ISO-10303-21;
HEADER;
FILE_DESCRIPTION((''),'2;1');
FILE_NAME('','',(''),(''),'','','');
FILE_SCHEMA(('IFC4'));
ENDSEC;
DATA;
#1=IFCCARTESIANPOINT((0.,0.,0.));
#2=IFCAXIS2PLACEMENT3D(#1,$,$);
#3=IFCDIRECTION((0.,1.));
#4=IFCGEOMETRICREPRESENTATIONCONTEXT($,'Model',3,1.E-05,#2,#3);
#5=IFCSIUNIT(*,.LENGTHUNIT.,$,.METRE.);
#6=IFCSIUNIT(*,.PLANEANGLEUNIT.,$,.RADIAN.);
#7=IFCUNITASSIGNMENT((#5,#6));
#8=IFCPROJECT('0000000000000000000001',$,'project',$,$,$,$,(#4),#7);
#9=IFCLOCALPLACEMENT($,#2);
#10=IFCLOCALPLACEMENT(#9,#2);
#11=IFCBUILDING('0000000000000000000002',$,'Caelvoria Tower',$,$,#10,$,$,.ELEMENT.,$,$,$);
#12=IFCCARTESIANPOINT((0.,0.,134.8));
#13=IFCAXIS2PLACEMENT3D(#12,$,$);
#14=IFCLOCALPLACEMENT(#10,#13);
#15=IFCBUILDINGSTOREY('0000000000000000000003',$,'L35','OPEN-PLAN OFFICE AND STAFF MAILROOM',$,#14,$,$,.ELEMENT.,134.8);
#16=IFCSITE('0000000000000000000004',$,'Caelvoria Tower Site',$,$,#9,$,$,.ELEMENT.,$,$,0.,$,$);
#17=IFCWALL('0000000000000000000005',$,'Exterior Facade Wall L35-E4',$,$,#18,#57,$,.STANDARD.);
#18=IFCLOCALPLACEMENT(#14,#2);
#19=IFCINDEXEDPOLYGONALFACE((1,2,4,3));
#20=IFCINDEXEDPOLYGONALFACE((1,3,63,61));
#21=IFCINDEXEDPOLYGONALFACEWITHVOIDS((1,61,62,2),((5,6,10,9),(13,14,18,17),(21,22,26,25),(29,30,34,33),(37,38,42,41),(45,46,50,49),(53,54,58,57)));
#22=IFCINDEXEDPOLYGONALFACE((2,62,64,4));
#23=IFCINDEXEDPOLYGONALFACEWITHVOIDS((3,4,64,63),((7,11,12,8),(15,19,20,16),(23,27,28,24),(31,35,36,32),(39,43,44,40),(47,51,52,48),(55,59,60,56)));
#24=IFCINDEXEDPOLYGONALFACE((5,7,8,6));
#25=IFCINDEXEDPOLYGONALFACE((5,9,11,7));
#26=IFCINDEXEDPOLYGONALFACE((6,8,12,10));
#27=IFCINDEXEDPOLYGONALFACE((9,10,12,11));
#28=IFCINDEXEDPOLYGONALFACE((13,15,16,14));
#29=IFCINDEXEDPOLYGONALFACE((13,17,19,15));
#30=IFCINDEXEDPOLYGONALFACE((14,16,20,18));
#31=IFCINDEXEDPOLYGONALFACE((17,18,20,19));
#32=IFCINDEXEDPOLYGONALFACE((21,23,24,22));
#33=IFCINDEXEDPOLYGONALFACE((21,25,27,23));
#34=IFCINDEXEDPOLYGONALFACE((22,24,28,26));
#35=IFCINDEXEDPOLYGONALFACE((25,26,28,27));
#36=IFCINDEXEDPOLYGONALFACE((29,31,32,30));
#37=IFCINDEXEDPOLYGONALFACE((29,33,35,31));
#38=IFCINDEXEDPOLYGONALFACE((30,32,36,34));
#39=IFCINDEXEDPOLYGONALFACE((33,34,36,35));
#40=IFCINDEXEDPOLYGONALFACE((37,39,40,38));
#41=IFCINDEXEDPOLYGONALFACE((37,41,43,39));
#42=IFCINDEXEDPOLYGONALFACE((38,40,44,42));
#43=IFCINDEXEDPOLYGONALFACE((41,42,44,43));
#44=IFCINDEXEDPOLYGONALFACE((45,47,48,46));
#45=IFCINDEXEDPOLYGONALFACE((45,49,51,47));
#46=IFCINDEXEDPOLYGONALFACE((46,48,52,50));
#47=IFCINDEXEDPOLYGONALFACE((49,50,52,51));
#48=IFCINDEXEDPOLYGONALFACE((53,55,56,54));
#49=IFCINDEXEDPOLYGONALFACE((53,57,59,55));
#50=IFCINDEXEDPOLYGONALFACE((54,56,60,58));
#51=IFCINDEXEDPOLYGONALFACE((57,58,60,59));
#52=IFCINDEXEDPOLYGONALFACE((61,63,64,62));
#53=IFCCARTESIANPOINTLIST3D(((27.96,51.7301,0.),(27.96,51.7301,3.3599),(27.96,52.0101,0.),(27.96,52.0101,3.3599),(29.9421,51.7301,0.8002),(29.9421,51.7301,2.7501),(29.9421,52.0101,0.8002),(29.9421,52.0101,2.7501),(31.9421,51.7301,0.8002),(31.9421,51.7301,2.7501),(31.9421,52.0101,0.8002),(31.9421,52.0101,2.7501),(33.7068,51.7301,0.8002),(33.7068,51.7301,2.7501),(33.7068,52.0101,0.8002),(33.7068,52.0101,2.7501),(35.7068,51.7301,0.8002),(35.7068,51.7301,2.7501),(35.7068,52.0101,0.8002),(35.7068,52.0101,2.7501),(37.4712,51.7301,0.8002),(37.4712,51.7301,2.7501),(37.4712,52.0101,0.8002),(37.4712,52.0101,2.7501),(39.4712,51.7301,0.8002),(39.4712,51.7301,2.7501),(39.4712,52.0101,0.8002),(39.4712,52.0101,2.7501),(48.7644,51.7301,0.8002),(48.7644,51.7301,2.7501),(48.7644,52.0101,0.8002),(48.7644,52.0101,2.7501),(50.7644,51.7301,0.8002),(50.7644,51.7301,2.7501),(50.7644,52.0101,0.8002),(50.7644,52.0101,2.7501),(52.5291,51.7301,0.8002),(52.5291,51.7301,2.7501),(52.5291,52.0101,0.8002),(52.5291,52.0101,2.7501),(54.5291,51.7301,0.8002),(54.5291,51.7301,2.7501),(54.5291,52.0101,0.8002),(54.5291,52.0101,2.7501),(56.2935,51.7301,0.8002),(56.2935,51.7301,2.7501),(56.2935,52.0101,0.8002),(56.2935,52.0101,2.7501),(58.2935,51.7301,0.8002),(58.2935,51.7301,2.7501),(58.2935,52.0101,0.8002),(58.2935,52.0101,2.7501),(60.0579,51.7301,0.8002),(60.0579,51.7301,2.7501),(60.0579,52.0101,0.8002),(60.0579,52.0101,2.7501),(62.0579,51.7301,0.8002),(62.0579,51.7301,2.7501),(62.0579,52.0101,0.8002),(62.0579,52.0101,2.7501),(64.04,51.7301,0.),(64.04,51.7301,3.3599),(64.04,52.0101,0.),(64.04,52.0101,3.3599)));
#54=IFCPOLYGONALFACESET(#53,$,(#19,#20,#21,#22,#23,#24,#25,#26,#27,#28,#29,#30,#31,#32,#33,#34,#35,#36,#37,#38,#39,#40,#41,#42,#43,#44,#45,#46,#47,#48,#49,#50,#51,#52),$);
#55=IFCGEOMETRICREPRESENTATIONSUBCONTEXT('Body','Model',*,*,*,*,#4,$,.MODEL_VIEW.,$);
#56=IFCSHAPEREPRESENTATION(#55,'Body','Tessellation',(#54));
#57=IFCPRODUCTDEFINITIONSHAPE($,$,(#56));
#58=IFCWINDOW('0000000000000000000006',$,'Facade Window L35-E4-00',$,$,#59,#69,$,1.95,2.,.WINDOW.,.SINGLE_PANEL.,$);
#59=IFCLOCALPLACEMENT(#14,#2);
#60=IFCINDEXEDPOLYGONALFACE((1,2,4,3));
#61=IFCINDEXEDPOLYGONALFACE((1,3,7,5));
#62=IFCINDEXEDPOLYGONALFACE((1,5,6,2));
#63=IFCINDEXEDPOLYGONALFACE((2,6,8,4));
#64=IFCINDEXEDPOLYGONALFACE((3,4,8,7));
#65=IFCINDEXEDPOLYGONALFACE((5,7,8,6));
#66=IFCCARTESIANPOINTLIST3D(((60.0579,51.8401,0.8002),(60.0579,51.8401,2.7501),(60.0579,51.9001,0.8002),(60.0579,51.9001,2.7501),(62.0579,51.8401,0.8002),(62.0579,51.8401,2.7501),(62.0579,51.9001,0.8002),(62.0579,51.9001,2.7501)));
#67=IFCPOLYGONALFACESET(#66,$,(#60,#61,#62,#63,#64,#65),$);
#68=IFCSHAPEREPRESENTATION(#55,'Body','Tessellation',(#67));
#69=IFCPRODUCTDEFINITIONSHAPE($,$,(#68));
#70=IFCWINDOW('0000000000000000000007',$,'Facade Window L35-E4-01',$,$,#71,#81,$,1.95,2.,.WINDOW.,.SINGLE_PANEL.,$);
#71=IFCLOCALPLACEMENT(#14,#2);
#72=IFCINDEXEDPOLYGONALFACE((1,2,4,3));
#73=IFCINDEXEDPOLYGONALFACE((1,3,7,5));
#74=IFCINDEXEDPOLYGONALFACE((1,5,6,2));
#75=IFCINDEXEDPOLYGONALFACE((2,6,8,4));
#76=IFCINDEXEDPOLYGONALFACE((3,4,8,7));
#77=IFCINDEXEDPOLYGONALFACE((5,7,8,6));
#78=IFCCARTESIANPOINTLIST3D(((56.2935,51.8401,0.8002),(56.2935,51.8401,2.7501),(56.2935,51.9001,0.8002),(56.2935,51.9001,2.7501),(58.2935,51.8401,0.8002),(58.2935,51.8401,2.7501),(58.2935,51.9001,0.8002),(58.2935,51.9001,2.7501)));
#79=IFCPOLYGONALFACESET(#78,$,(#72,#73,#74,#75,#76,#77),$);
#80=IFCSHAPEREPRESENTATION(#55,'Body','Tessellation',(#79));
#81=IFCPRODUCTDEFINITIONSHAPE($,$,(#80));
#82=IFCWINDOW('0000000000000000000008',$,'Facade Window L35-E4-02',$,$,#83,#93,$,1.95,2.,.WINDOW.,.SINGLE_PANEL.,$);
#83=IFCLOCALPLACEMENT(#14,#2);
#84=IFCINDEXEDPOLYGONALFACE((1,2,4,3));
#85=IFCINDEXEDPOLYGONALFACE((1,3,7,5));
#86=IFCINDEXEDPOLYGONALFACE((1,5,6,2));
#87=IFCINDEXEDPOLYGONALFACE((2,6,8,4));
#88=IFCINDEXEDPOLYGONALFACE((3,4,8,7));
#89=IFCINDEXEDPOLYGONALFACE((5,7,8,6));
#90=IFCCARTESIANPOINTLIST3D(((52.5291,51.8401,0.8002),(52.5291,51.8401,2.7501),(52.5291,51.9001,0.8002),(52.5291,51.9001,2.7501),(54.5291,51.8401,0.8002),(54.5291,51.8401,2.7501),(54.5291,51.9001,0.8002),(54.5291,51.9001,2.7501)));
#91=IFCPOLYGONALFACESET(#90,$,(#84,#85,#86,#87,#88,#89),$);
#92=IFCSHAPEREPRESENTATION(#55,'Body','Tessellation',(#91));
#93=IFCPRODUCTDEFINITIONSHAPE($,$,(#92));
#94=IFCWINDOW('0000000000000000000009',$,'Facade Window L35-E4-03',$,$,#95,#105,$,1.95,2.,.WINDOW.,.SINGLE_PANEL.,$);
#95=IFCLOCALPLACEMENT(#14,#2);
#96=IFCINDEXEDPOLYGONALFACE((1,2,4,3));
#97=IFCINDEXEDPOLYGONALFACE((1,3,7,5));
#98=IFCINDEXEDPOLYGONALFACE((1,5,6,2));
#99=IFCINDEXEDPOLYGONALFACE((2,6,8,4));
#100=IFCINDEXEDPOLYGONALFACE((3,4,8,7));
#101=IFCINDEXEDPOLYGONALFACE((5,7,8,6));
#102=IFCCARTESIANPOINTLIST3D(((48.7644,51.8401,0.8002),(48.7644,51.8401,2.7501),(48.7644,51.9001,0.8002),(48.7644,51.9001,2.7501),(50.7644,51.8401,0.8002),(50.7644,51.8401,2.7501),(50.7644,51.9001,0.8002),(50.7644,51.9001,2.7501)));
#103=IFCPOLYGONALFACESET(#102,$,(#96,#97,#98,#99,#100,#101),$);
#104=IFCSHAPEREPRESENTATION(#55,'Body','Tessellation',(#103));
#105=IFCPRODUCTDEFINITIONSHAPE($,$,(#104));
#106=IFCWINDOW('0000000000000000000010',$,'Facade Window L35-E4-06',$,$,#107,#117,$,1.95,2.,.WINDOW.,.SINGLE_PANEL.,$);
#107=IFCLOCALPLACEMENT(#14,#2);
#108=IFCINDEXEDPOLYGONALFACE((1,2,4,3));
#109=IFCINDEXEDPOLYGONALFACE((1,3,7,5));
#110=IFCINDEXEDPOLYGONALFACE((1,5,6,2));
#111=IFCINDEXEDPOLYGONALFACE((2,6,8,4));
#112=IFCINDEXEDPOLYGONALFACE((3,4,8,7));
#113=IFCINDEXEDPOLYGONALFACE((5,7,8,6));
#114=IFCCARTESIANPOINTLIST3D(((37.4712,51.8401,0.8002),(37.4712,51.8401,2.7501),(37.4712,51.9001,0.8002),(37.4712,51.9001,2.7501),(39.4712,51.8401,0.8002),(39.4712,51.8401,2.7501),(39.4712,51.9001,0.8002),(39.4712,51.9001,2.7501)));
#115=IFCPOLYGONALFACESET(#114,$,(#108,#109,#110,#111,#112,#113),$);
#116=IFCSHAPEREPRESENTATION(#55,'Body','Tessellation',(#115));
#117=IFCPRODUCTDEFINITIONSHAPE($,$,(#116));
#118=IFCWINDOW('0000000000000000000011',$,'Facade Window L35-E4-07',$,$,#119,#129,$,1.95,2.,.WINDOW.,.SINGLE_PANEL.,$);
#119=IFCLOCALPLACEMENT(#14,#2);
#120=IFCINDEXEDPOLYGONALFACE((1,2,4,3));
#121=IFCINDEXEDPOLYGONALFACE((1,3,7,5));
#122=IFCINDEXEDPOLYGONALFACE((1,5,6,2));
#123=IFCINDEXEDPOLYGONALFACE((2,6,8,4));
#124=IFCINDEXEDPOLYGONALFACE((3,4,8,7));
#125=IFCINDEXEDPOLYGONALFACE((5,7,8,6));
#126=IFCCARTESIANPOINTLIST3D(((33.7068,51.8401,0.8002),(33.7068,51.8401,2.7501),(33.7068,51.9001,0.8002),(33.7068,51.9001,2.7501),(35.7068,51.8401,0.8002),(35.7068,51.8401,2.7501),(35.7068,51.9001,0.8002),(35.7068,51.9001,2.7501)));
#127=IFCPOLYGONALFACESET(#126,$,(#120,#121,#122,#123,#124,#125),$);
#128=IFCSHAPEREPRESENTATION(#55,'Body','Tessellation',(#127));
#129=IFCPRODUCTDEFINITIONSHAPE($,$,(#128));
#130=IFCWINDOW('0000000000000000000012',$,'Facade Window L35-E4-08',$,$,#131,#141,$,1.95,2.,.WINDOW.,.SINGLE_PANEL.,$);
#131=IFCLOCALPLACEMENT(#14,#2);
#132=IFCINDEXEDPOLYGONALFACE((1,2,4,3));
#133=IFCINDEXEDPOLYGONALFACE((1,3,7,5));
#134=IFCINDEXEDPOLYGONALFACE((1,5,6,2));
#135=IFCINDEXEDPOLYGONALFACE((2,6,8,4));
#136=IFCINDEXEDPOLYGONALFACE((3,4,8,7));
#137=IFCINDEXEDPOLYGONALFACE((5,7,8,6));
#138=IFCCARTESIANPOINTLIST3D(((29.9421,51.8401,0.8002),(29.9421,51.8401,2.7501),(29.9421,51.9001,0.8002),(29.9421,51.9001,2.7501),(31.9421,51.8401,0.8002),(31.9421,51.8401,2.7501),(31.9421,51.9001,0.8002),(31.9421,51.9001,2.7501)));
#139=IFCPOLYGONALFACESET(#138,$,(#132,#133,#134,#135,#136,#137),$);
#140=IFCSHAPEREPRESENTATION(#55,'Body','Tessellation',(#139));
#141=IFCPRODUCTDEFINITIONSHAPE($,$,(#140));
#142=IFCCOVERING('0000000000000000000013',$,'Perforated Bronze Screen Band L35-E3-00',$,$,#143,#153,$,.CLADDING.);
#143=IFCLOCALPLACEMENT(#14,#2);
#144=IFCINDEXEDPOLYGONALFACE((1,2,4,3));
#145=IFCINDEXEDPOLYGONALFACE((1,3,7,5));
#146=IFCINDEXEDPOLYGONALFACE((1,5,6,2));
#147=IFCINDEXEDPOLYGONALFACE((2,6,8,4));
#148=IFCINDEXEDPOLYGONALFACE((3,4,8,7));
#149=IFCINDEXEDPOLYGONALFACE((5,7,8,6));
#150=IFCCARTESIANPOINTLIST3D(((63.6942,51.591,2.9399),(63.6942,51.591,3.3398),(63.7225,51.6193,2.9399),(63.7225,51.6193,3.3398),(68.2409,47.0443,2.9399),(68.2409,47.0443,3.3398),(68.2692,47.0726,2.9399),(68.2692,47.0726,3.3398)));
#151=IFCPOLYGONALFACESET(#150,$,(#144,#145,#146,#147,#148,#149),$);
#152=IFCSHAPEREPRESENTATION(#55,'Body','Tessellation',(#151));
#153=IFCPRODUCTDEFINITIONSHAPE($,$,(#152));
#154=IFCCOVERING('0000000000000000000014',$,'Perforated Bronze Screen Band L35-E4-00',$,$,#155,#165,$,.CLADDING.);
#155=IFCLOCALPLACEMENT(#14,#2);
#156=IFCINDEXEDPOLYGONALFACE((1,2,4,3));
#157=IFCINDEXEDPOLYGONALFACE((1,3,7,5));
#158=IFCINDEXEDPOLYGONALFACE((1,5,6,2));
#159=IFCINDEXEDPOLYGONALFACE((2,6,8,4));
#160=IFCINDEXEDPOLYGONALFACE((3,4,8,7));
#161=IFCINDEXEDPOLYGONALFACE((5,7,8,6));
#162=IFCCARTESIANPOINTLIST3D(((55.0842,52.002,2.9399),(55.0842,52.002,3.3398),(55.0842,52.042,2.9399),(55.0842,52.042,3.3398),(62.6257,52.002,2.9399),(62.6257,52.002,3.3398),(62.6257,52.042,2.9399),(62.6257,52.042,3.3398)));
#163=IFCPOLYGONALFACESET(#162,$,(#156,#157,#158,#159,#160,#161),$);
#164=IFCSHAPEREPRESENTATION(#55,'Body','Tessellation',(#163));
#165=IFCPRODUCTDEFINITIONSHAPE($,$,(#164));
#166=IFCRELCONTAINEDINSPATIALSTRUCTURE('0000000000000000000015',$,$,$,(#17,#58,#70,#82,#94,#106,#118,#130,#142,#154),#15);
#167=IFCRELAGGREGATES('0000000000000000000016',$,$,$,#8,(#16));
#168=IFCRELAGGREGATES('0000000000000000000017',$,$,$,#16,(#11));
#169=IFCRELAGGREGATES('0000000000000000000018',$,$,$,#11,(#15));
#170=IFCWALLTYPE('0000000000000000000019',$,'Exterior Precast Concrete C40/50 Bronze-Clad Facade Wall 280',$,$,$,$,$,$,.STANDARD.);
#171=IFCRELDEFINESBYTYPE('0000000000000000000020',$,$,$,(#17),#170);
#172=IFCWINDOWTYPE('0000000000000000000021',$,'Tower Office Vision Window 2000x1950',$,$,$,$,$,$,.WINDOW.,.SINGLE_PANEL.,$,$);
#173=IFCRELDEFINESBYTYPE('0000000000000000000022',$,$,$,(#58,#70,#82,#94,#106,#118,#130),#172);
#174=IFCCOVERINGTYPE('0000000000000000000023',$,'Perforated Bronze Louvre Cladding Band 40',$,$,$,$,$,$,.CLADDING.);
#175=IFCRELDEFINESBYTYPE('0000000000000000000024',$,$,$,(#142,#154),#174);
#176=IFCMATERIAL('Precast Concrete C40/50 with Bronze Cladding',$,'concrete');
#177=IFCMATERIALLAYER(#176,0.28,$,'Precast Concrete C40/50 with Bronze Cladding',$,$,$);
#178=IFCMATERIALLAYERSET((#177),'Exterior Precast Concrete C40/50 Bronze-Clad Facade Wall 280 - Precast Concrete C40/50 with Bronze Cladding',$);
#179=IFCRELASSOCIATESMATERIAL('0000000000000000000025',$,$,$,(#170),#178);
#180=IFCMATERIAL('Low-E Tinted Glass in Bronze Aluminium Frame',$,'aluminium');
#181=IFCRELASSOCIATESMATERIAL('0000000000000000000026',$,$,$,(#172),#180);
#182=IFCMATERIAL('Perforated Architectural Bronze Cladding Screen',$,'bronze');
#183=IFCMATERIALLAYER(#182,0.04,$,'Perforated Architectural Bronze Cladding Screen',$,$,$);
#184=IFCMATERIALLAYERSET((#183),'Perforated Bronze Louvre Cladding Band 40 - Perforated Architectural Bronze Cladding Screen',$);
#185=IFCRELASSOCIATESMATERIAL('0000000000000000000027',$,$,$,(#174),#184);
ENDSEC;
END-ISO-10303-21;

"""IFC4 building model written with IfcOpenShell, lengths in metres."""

from ifc_helpers import new_model, si_unit, direction, frame, frame_2d, origin, origin_2d, place, context, subcontext, project, spatial, rectangle, extrude, material, layer, layer_set, type_object, element, fill, save


model = new_model("IFC4")

# Units and contexts
model_context = context("Model", 3, precision=1e-05, world=origin(), true_north=direction((0.0, 1.0)))
body_context = subcontext(model_context, "Body", "Model", "MODEL_VIEW")
ifc_project = project(units=[si_unit("LENGTHUNIT", "METRE"), si_unit("PLANEANGLEUNIT", "RADIAN")], contexts=[model_context])

# Site, building, storey
site_placement = place(None, origin())
site = spatial("IfcSite", under=ifc_project, at=site_placement, Name="Caelvoria Tower Site", CompositionType="ELEMENT", RefElevation=0.0)
building_placement = place(site_placement, origin())
building = spatial("IfcBuilding", under=site, at=building_placement, Name="Caelvoria Tower", CompositionType="ELEMENT")
storey_placement = place(building_placement, frame((0.0, 0.0, 134.8)))
storey = spatial("IfcBuildingStorey", under=building, at=storey_placement, Name="L35", Description="OPEN-PLAN OFFICE AND STAFF MAILROOM", CompositionType="ELEMENT", Elevation=134.8)

# Wall, openings, windows
ifc_material_1 = material(Name="Precast Concrete C40/50 with Bronze Cladding", Category="concrete")
ifc_layer_1 = layer(ifc_material_1, 0.28, Name="Precast Concrete C40/50 with Bronze Cladding")
ifc_layer_set_1 = layer_set([ifc_layer_1], Name="Exterior Precast Concrete C40/50 Bronze-Clad Facade Wall 280 - Precast Concrete C40/50 with Bronze Cladding")
wall_type = type_object("IfcWallType", Name="Exterior Precast Concrete C40/50 Bronze-Clad Facade Wall 280", PredefinedType="STANDARD", material=ifc_layer_set_1)
wall_placement = place(storey_placement, frame((64.04, 51.8701, 0.0), z_axis=(0.0, 0.0, 1.0), x_axis=(-1.0, 0.0, 0.0)))
wall = element("IfcWall", 1, at=wall_placement, inside=storey, type_object=wall_type, Name="Exterior Facade Wall L35-E4", PredefinedType="STANDARD", context=body_context, shape_type="SweptSolid", body=[
    extrude(rectangle(XDim=36.0801, YDim=0.28, at=frame_2d((18.04, 0.0))), origin(), (0.0, 0.0, 1.0), 3.3599),
])
opening_1_placement = place(wall_placement, frame((1.9822, 0.0, 0.8)))
opening_1 = element("IfcOpeningElement", 2, at=opening_1_placement, cuts=wall, PredefinedType="OPENING", context=body_context, shape_type="SweptSolid", body=[
    extrude(rectangle(XDim=2.0, YDim=1.95, at=frame_2d((1.0, 0.9751))), frame((0.0, 0.1499, 0.0), z_axis=(0.0, -1.0, 0.0), x_axis=(1.0, 0.0, 0.0)), (0.0, 0.0, 1.0), 0.3),
])
opening_2_placement = place(wall_placement, frame((5.7466, 0.0, 0.8)))
opening_2 = element("IfcOpeningElement", 3, at=opening_2_placement, cuts=wall, PredefinedType="OPENING", context=body_context, shape_type="SweptSolid", body=[
    extrude(rectangle(XDim=2.0, YDim=1.95, at=frame_2d((1.0, 0.9751))), frame((0.0, 0.1499, 0.0), z_axis=(0.0, -1.0, 0.0), x_axis=(1.0, 0.0, 0.0)), (0.0, 0.0, 1.0), 0.3),
])
opening_3_placement = place(wall_placement, frame((9.511, 0.0, 0.8)))
opening_3 = element("IfcOpeningElement", 4, at=opening_3_placement, cuts=wall, PredefinedType="OPENING", context=body_context, shape_type="SweptSolid", body=[
    extrude(rectangle(XDim=2.0, YDim=1.95, at=frame_2d((1.0, 0.9751))), frame((0.0, 0.1499, 0.0), z_axis=(0.0, -1.0, 0.0), x_axis=(1.0, 0.0, 0.0)), (0.0, 0.0, 1.0), 0.3),
])
opening_4_placement = place(wall_placement, frame((13.2756, 0.0, 0.8)))
opening_4 = element("IfcOpeningElement", 5, at=opening_4_placement, cuts=wall, PredefinedType="OPENING", context=body_context, shape_type="SweptSolid", body=[
    extrude(rectangle(XDim=2.0, YDim=1.95, at=frame_2d((1.0, 0.9751))), frame((0.0, 0.1499, 0.0), z_axis=(0.0, -1.0, 0.0), x_axis=(1.0, 0.0, 0.0)), (0.0, 0.0, 1.0), 0.3),
])
opening_5_placement = place(wall_placement, frame((24.5688, 0.0, 0.8)))
opening_5 = element("IfcOpeningElement", 6, at=opening_5_placement, cuts=wall, PredefinedType="OPENING", context=body_context, shape_type="SweptSolid", body=[
    extrude(rectangle(XDim=2.0, YDim=1.95, at=frame_2d((1.0, 0.9751))), frame((0.0, 0.1499, 0.0), z_axis=(0.0, -1.0, 0.0), x_axis=(1.0, 0.0, 0.0)), (0.0, 0.0, 1.0), 0.3),
])
opening_6_placement = place(wall_placement, frame((28.3333, 0.0, 0.8)))
opening_6 = element("IfcOpeningElement", 7, at=opening_6_placement, cuts=wall, PredefinedType="OPENING", context=body_context, shape_type="SweptSolid", body=[
    extrude(rectangle(XDim=2.0, YDim=1.95, at=frame_2d((1.0, 0.9751))), frame((0.0, 0.1499, 0.0), z_axis=(0.0, -1.0, 0.0), x_axis=(1.0, 0.0, 0.0)), (0.0, 0.0, 1.0), 0.3),
])
opening_7_placement = place(wall_placement, frame((32.0979, 0.0, 0.8)))
opening_7 = element("IfcOpeningElement", 8, at=opening_7_placement, cuts=wall, PredefinedType="OPENING", context=body_context, shape_type="SweptSolid", body=[
    extrude(rectangle(XDim=2.0, YDim=1.95, at=frame_2d((1.0, 0.9751))), frame((0.0, 0.1499, 0.0), z_axis=(0.0, -1.0, 0.0), x_axis=(1.0, 0.0, 0.0)), (0.0, 0.0, 1.0), 0.3),
])
ifc_material_2 = material(Name="Low-E Tinted Glass in Bronze Aluminium Frame", Category="aluminium")
window_type = type_object("IfcWindowType", Name="Tower Office Vision Window 2000x1950", PartitioningType="SINGLE_PANEL", PredefinedType="WINDOW", material=ifc_material_2)
window_1_placement = place(opening_1_placement, origin())
window_1 = element("IfcWindow", 9, at=window_1_placement, inside=storey, type_object=window_type, Name="Facade Window L35-E4-00", OverallHeight=1.95, OverallWidth=2.0, PartitioningType="SINGLE_PANEL", PredefinedType="WINDOW", context=body_context, shape_type="SweptSolid", body=[
    extrude(rectangle(XDim=2.0, YDim=1.95, at=frame_2d((1.0, 0.9751))), frame((0.0, 0.03, 0.0), z_axis=(0.0, -1.0, 0.0), x_axis=(1.0, 0.0, 0.0)), (0.0, 0.0, 1.0), 0.0601),
])
fill(opening_1, window_1)
window_2_placement = place(opening_2_placement, origin())
window_2 = element("IfcWindow", 10, at=window_2_placement, inside=storey, type_object=window_type, Name="Facade Window L35-E4-01", OverallHeight=1.95, OverallWidth=2.0, PartitioningType="SINGLE_PANEL", PredefinedType="WINDOW", context=body_context, shape_type="SweptSolid", body=[
    extrude(rectangle(XDim=2.0, YDim=1.95, at=frame_2d((1.0, 0.9751))), frame((0.0, 0.03, 0.0), z_axis=(0.0, -1.0, 0.0), x_axis=(1.0, 0.0, 0.0)), (0.0, 0.0, 1.0), 0.0601),
])
fill(opening_2, window_2)
window_3_placement = place(opening_3_placement, origin())
window_3 = element("IfcWindow", 11, at=window_3_placement, inside=storey, type_object=window_type, Name="Facade Window L35-E4-02", OverallHeight=1.95, OverallWidth=2.0, PartitioningType="SINGLE_PANEL", PredefinedType="WINDOW", context=body_context, shape_type="SweptSolid", body=[
    extrude(rectangle(XDim=2.0, YDim=1.95, at=frame_2d((1.0, 0.9751))), frame((0.0, 0.03, 0.0), z_axis=(0.0, -1.0, 0.0), x_axis=(1.0, 0.0, 0.0)), (0.0, 0.0, 1.0), 0.0601),
])
fill(opening_3, window_3)
window_4_placement = place(opening_4_placement, origin())
window_4 = element("IfcWindow", 12, at=window_4_placement, inside=storey, type_object=window_type, Name="Facade Window L35-E4-03", OverallHeight=1.95, OverallWidth=2.0, PartitioningType="SINGLE_PANEL", PredefinedType="WINDOW", context=body_context, shape_type="SweptSolid", body=[
    extrude(rectangle(XDim=2.0, YDim=1.95, at=frame_2d((1.0, 0.9751))), frame((0.0, 0.03, 0.0), z_axis=(0.0, -1.0, 0.0), x_axis=(1.0, 0.0, 0.0)), (0.0, 0.0, 1.0), 0.0601),
])
fill(opening_4, window_4)
window_5_placement = place(opening_5_placement, origin())
window_5 = element("IfcWindow", 13, at=window_5_placement, inside=storey, type_object=window_type, Name="Facade Window L35-E4-06", OverallHeight=1.95, OverallWidth=2.0, PartitioningType="SINGLE_PANEL", PredefinedType="WINDOW", context=body_context, shape_type="SweptSolid", body=[
    extrude(rectangle(XDim=2.0, YDim=1.95, at=frame_2d((1.0, 0.9751))), frame((0.0, 0.03, 0.0), z_axis=(0.0, -1.0, 0.0), x_axis=(1.0, 0.0, 0.0)), (0.0, 0.0, 1.0), 0.0601),
])
fill(opening_5, window_5)
window_6_placement = place(opening_6_placement, origin())
window_6 = element("IfcWindow", 14, at=window_6_placement, inside=storey, type_object=window_type, Name="Facade Window L35-E4-07", OverallHeight=1.95, OverallWidth=2.0, PartitioningType="SINGLE_PANEL", PredefinedType="WINDOW", context=body_context, shape_type="SweptSolid", body=[
    extrude(rectangle(XDim=2.0, YDim=1.95, at=frame_2d((1.0, 0.9751))), frame((0.0, 0.03, 0.0), z_axis=(0.0, -1.0, 0.0), x_axis=(1.0, 0.0, 0.0)), (0.0, 0.0, 1.0), 0.0601),
])
fill(opening_6, window_6)
window_7_placement = place(opening_7_placement, origin())
window_7 = element("IfcWindow", 15, at=window_7_placement, inside=storey, type_object=window_type, Name="Facade Window L35-E4-08", OverallHeight=1.95, OverallWidth=2.0, PartitioningType="SINGLE_PANEL", PredefinedType="WINDOW", context=body_context, shape_type="SweptSolid", body=[
    extrude(rectangle(XDim=2.0, YDim=1.95, at=frame_2d((1.0, 0.9751))), frame((0.0, 0.03, 0.0), z_axis=(0.0, -1.0, 0.0), x_axis=(1.0, 0.0, 0.0)), (0.0, 0.0, 1.0), 0.0601),
])
fill(opening_7, window_7)

# Coverings
ifc_material_3 = material(Name="Perforated Architectural Bronze Cladding Screen", Category="bronze")
ifc_layer_2 = layer(ifc_material_3, 0.04, Name="Perforated Architectural Bronze Cladding Screen")
ifc_layer_set_2 = layer_set([ifc_layer_2], Name="Perforated Bronze Louvre Cladding Band 40 - Perforated Architectural Bronze Cladding Screen")
covering_type = type_object("IfcCoveringType", Name="Perforated Bronze Louvre Cladding Band 40", PredefinedType="CLADDING", material=ifc_layer_set_2)
covering_1_placement = place(storey_placement, frame((65.9817, 49.3318, 2.9399), z_axis=(0.0, 0.0, 1.0), x_axis=(-0.707107, 0.707107, 0.0)))
element("IfcCovering", 16, at=covering_1_placement, inside=storey, type_object=covering_type, Name="Perforated Bronze Screen Band L35-E3-00", PredefinedType="CLADDING", context=body_context, shape_type="SweptSolid", body=[
    extrude(rectangle(XDim=6.4299, YDim=0.04, at=origin_2d()), origin(), (0.0, 0.0, 1.0), 0.3999),
])
covering_2_placement = place(storey_placement, frame((58.855, 52.022, 2.9399), z_axis=(0.0, 0.0, 1.0), x_axis=(-1.0, 0.0, 0.0)))
element("IfcCovering", 17, at=covering_2_placement, inside=storey, type_object=covering_type, Name="Perforated Bronze Screen Band L35-E4-00", PredefinedType="CLADDING", context=body_context, shape_type="SweptSolid", body=[
    extrude(rectangle(XDim=7.5415, YDim=0.04, at=origin_2d()), origin(), (0.0, 0.0, 1.0), 0.3999),
])

save(model, "model.ifc")
